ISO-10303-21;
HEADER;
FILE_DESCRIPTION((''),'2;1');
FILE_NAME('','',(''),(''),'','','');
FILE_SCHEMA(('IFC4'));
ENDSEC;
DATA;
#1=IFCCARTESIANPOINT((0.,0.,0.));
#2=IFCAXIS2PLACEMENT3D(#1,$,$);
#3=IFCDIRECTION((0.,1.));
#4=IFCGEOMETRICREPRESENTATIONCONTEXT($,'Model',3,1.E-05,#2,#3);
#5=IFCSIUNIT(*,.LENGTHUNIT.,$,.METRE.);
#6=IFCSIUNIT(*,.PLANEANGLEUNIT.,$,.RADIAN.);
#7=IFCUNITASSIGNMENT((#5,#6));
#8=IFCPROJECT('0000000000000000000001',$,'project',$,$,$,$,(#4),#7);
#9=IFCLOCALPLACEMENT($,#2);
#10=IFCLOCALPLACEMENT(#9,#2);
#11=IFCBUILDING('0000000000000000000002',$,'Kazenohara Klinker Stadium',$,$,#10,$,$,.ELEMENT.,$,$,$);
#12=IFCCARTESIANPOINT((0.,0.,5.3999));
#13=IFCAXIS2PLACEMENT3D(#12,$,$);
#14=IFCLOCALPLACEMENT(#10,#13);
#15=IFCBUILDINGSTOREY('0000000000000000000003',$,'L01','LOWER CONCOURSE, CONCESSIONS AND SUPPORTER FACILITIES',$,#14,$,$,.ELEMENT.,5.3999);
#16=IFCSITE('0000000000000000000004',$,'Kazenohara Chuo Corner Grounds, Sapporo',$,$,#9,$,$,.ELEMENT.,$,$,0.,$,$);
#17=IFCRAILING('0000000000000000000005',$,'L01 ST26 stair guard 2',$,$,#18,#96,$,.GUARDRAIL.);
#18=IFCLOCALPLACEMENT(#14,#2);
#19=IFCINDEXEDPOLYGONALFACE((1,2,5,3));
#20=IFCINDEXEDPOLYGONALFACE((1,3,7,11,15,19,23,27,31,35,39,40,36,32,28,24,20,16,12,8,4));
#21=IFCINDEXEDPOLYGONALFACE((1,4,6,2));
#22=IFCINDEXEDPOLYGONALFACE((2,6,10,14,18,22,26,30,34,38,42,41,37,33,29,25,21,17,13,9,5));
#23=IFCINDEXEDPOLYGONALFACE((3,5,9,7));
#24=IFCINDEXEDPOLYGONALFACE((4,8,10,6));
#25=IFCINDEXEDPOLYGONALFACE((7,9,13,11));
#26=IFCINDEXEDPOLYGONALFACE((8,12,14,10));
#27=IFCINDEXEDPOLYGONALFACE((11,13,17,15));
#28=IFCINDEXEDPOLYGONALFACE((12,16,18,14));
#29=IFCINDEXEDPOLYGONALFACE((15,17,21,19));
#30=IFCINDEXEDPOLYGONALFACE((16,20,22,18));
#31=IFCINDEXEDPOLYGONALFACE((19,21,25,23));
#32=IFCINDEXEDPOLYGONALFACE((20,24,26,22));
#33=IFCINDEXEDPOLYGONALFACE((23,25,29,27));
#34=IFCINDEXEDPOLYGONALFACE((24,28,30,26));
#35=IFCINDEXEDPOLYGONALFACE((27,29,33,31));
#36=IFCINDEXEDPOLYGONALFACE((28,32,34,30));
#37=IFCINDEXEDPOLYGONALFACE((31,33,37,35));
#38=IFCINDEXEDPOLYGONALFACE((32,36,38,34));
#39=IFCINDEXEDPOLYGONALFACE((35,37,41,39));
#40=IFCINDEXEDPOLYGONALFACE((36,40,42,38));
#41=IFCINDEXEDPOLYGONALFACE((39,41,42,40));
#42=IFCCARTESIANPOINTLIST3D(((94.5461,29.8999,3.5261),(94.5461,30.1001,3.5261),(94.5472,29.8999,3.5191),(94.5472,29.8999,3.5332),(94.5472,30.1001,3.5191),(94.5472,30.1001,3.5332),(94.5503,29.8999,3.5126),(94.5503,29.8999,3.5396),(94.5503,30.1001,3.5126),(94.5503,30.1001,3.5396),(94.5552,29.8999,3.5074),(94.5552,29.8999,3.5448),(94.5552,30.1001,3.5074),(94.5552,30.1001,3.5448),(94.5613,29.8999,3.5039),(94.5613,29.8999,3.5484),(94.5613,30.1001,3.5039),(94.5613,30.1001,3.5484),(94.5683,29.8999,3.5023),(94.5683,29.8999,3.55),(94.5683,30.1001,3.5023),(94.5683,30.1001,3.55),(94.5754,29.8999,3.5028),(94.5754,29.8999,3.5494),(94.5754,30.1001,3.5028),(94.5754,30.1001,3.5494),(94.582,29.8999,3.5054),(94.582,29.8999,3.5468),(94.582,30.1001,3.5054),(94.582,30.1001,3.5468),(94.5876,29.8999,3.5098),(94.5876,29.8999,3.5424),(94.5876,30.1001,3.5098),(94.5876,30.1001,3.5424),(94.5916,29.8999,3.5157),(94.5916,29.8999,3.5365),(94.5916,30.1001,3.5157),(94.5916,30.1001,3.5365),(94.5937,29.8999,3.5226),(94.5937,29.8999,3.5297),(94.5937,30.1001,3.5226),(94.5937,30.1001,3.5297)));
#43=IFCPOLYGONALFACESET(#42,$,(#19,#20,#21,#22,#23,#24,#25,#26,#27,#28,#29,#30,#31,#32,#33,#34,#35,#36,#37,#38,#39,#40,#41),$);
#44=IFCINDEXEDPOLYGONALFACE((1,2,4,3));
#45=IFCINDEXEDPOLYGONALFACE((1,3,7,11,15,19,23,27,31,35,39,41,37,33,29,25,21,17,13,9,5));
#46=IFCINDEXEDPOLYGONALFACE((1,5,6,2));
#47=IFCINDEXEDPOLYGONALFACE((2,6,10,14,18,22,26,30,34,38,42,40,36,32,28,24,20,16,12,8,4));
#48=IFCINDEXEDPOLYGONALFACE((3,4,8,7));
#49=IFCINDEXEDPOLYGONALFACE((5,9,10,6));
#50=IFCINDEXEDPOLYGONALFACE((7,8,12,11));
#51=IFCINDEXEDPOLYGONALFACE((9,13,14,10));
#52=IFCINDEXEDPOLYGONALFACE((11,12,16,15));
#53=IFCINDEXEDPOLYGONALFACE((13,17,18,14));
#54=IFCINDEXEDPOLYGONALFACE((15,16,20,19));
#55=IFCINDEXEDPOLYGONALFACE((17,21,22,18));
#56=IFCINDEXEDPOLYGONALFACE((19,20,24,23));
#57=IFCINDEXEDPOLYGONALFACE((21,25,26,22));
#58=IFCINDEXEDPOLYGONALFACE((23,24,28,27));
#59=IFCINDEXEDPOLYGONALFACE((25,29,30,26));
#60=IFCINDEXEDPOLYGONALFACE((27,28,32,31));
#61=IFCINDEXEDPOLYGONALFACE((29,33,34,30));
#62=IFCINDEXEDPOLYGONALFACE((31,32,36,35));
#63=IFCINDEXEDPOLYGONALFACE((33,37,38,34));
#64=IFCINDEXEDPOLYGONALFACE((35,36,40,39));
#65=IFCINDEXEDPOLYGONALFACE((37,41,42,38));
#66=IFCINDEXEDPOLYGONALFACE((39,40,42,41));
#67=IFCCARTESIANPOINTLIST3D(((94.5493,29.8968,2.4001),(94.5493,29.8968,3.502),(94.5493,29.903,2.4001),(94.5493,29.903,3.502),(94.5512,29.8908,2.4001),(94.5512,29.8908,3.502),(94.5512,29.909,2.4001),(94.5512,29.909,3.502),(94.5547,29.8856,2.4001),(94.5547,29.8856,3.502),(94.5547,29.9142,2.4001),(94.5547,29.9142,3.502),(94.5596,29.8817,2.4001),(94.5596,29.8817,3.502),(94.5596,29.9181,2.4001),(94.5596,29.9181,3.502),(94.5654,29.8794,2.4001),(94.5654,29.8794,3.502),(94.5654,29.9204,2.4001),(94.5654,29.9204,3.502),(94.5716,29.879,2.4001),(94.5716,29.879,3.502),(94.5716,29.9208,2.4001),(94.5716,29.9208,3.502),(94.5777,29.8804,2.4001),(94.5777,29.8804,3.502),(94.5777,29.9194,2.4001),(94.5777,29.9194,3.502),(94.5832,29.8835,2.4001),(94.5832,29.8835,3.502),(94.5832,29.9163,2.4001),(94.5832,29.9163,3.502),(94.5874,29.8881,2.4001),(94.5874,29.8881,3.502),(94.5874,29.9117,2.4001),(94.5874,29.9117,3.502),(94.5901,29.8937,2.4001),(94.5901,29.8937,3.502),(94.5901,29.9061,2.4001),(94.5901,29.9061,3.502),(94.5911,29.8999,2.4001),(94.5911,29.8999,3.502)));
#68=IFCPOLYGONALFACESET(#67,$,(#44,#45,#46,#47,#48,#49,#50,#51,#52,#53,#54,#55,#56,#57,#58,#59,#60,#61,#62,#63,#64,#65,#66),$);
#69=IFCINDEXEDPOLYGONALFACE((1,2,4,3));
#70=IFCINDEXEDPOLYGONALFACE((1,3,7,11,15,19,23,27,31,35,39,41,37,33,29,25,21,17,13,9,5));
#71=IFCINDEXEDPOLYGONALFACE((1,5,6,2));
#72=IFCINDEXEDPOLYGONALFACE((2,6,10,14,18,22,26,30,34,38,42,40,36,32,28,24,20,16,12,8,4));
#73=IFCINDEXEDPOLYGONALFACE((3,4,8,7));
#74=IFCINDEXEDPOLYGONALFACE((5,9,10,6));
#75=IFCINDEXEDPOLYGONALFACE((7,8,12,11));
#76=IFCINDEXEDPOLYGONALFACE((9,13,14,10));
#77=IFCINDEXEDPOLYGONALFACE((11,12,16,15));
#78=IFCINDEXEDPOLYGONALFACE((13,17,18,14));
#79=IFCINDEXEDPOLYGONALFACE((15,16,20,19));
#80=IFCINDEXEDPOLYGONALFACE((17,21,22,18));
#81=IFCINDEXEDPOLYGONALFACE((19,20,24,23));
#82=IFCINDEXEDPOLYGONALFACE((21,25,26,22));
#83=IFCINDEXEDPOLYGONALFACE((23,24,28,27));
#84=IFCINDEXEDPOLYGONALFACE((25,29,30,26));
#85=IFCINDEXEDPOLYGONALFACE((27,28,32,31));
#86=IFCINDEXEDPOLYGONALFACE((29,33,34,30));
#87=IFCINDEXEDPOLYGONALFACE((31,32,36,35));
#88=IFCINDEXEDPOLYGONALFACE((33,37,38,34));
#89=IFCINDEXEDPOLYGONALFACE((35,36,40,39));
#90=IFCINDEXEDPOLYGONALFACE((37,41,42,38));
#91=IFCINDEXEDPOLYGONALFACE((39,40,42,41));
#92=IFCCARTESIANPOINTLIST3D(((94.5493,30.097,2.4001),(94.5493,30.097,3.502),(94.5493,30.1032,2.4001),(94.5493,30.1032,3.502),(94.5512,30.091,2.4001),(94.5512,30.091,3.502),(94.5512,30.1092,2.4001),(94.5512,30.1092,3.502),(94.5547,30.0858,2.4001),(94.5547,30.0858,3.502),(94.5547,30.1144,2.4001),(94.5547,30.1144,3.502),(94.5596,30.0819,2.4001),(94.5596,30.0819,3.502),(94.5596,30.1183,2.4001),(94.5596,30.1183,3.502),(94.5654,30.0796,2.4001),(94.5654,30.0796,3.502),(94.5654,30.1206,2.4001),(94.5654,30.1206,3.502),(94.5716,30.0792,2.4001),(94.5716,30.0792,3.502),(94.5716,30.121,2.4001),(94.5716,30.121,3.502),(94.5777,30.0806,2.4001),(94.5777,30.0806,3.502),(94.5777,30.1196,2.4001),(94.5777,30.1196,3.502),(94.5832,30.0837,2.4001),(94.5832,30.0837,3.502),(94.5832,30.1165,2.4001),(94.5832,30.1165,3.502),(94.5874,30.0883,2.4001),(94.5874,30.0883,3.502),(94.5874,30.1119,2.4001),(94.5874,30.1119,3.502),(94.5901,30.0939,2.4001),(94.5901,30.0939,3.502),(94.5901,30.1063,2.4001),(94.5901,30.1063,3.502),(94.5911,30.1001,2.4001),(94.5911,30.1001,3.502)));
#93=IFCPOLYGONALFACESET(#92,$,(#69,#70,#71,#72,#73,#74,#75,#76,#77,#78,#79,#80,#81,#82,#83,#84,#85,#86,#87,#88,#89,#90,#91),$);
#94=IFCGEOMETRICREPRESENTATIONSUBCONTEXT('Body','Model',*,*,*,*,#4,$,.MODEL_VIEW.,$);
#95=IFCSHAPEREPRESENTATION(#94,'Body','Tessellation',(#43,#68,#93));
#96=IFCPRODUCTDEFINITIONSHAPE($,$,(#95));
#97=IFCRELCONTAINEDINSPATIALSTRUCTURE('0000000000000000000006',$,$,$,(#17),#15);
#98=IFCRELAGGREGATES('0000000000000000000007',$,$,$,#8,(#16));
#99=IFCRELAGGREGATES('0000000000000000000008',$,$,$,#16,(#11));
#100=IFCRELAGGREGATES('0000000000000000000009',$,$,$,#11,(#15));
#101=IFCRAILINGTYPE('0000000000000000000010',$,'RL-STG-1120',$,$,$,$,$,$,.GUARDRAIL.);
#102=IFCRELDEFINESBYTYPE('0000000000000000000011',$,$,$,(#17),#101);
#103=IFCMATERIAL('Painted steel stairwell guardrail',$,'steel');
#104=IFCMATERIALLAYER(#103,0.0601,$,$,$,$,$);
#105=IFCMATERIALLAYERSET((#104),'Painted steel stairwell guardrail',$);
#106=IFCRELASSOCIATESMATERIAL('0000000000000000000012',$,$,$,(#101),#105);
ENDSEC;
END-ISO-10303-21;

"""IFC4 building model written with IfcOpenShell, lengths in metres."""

from ifc_helpers import new_model, si_unit, direction, frame, origin, origin_2d, place, context, subcontext, project, spatial, circle, extrude, material, layer, layer_set, type_object, element, save


model = new_model("IFC4")

# Units and contexts
model_context = context("Model", 3, precision=1e-05, world=origin(), true_north=direction((0.0, 1.0)))
body_context = subcontext(model_context, "Body", "Model", "MODEL_VIEW")
ifc_project = project(units=[si_unit("LENGTHUNIT", "METRE"), si_unit("PLANEANGLEUNIT", "RADIAN")], contexts=[model_context])

# Site, building, storey
site_placement = place(None, origin())
site = spatial("IfcSite", under=ifc_project, at=site_placement, Name="Kazenohara Chuo Corner Grounds, Sapporo", CompositionType="ELEMENT", RefElevation=0.0)
building_placement = place(site_placement, origin())
building = spatial("IfcBuilding", under=site, at=building_placement, Name="Kazenohara Klinker Stadium", CompositionType="ELEMENT")
storey_placement = place(building_placement, frame((0.0, 0.0, 5.3999)))
storey = spatial("IfcBuildingStorey", under=building, at=storey_placement, Name="L01", Description="LOWER CONCOURSE, CONCESSIONS AND SUPPORTER FACILITIES", CompositionType="ELEMENT", Elevation=5.3999)

# Railing
ifc_material_1 = material(Name="Painted steel stairwell guardrail", Category="steel")
ifc_layer_1 = layer(ifc_material_1, 0.0601)
ifc_layer_set_1 = layer_set([ifc_layer_1], Name="Painted steel stairwell guardrail")
railing_type_1 = type_object("IfcRailingType", Name="RL-STG-1120", PredefinedType="GUARDRAIL", material=ifc_layer_set_1)
railing_1_placement = place(storey_placement, frame((94.5701, 29.8999, 2.4001)))
element("IfcRailing", 1, at=railing_1_placement, inside=storey, type_object=railing_type_1, Name="L01 ST26 stair guard 2", PredefinedType="GUARDRAIL", context=body_context, shape_type="SweptSolid", body=[
    extrude(circle(Radius=0.0239, at=origin_2d()), frame((0.0, 0.0, 1.126), z_axis=(0.0, 1.0, 0.0), x_axis=(-1.0, 0.0, 0.0)), (0.0, 0.0, 1.0), 0.2002),
    extrude(circle(Radius=0.021, at=origin_2d()), origin(), (0.0, 0.0, 1.0), 1.1018),
    extrude(circle(Radius=0.021, at=origin_2d()), frame((0.0, 0.2002, 0.0)), (0.0, 0.0, 1.0), 1.1018),
])

save(model, "model.ifc")
